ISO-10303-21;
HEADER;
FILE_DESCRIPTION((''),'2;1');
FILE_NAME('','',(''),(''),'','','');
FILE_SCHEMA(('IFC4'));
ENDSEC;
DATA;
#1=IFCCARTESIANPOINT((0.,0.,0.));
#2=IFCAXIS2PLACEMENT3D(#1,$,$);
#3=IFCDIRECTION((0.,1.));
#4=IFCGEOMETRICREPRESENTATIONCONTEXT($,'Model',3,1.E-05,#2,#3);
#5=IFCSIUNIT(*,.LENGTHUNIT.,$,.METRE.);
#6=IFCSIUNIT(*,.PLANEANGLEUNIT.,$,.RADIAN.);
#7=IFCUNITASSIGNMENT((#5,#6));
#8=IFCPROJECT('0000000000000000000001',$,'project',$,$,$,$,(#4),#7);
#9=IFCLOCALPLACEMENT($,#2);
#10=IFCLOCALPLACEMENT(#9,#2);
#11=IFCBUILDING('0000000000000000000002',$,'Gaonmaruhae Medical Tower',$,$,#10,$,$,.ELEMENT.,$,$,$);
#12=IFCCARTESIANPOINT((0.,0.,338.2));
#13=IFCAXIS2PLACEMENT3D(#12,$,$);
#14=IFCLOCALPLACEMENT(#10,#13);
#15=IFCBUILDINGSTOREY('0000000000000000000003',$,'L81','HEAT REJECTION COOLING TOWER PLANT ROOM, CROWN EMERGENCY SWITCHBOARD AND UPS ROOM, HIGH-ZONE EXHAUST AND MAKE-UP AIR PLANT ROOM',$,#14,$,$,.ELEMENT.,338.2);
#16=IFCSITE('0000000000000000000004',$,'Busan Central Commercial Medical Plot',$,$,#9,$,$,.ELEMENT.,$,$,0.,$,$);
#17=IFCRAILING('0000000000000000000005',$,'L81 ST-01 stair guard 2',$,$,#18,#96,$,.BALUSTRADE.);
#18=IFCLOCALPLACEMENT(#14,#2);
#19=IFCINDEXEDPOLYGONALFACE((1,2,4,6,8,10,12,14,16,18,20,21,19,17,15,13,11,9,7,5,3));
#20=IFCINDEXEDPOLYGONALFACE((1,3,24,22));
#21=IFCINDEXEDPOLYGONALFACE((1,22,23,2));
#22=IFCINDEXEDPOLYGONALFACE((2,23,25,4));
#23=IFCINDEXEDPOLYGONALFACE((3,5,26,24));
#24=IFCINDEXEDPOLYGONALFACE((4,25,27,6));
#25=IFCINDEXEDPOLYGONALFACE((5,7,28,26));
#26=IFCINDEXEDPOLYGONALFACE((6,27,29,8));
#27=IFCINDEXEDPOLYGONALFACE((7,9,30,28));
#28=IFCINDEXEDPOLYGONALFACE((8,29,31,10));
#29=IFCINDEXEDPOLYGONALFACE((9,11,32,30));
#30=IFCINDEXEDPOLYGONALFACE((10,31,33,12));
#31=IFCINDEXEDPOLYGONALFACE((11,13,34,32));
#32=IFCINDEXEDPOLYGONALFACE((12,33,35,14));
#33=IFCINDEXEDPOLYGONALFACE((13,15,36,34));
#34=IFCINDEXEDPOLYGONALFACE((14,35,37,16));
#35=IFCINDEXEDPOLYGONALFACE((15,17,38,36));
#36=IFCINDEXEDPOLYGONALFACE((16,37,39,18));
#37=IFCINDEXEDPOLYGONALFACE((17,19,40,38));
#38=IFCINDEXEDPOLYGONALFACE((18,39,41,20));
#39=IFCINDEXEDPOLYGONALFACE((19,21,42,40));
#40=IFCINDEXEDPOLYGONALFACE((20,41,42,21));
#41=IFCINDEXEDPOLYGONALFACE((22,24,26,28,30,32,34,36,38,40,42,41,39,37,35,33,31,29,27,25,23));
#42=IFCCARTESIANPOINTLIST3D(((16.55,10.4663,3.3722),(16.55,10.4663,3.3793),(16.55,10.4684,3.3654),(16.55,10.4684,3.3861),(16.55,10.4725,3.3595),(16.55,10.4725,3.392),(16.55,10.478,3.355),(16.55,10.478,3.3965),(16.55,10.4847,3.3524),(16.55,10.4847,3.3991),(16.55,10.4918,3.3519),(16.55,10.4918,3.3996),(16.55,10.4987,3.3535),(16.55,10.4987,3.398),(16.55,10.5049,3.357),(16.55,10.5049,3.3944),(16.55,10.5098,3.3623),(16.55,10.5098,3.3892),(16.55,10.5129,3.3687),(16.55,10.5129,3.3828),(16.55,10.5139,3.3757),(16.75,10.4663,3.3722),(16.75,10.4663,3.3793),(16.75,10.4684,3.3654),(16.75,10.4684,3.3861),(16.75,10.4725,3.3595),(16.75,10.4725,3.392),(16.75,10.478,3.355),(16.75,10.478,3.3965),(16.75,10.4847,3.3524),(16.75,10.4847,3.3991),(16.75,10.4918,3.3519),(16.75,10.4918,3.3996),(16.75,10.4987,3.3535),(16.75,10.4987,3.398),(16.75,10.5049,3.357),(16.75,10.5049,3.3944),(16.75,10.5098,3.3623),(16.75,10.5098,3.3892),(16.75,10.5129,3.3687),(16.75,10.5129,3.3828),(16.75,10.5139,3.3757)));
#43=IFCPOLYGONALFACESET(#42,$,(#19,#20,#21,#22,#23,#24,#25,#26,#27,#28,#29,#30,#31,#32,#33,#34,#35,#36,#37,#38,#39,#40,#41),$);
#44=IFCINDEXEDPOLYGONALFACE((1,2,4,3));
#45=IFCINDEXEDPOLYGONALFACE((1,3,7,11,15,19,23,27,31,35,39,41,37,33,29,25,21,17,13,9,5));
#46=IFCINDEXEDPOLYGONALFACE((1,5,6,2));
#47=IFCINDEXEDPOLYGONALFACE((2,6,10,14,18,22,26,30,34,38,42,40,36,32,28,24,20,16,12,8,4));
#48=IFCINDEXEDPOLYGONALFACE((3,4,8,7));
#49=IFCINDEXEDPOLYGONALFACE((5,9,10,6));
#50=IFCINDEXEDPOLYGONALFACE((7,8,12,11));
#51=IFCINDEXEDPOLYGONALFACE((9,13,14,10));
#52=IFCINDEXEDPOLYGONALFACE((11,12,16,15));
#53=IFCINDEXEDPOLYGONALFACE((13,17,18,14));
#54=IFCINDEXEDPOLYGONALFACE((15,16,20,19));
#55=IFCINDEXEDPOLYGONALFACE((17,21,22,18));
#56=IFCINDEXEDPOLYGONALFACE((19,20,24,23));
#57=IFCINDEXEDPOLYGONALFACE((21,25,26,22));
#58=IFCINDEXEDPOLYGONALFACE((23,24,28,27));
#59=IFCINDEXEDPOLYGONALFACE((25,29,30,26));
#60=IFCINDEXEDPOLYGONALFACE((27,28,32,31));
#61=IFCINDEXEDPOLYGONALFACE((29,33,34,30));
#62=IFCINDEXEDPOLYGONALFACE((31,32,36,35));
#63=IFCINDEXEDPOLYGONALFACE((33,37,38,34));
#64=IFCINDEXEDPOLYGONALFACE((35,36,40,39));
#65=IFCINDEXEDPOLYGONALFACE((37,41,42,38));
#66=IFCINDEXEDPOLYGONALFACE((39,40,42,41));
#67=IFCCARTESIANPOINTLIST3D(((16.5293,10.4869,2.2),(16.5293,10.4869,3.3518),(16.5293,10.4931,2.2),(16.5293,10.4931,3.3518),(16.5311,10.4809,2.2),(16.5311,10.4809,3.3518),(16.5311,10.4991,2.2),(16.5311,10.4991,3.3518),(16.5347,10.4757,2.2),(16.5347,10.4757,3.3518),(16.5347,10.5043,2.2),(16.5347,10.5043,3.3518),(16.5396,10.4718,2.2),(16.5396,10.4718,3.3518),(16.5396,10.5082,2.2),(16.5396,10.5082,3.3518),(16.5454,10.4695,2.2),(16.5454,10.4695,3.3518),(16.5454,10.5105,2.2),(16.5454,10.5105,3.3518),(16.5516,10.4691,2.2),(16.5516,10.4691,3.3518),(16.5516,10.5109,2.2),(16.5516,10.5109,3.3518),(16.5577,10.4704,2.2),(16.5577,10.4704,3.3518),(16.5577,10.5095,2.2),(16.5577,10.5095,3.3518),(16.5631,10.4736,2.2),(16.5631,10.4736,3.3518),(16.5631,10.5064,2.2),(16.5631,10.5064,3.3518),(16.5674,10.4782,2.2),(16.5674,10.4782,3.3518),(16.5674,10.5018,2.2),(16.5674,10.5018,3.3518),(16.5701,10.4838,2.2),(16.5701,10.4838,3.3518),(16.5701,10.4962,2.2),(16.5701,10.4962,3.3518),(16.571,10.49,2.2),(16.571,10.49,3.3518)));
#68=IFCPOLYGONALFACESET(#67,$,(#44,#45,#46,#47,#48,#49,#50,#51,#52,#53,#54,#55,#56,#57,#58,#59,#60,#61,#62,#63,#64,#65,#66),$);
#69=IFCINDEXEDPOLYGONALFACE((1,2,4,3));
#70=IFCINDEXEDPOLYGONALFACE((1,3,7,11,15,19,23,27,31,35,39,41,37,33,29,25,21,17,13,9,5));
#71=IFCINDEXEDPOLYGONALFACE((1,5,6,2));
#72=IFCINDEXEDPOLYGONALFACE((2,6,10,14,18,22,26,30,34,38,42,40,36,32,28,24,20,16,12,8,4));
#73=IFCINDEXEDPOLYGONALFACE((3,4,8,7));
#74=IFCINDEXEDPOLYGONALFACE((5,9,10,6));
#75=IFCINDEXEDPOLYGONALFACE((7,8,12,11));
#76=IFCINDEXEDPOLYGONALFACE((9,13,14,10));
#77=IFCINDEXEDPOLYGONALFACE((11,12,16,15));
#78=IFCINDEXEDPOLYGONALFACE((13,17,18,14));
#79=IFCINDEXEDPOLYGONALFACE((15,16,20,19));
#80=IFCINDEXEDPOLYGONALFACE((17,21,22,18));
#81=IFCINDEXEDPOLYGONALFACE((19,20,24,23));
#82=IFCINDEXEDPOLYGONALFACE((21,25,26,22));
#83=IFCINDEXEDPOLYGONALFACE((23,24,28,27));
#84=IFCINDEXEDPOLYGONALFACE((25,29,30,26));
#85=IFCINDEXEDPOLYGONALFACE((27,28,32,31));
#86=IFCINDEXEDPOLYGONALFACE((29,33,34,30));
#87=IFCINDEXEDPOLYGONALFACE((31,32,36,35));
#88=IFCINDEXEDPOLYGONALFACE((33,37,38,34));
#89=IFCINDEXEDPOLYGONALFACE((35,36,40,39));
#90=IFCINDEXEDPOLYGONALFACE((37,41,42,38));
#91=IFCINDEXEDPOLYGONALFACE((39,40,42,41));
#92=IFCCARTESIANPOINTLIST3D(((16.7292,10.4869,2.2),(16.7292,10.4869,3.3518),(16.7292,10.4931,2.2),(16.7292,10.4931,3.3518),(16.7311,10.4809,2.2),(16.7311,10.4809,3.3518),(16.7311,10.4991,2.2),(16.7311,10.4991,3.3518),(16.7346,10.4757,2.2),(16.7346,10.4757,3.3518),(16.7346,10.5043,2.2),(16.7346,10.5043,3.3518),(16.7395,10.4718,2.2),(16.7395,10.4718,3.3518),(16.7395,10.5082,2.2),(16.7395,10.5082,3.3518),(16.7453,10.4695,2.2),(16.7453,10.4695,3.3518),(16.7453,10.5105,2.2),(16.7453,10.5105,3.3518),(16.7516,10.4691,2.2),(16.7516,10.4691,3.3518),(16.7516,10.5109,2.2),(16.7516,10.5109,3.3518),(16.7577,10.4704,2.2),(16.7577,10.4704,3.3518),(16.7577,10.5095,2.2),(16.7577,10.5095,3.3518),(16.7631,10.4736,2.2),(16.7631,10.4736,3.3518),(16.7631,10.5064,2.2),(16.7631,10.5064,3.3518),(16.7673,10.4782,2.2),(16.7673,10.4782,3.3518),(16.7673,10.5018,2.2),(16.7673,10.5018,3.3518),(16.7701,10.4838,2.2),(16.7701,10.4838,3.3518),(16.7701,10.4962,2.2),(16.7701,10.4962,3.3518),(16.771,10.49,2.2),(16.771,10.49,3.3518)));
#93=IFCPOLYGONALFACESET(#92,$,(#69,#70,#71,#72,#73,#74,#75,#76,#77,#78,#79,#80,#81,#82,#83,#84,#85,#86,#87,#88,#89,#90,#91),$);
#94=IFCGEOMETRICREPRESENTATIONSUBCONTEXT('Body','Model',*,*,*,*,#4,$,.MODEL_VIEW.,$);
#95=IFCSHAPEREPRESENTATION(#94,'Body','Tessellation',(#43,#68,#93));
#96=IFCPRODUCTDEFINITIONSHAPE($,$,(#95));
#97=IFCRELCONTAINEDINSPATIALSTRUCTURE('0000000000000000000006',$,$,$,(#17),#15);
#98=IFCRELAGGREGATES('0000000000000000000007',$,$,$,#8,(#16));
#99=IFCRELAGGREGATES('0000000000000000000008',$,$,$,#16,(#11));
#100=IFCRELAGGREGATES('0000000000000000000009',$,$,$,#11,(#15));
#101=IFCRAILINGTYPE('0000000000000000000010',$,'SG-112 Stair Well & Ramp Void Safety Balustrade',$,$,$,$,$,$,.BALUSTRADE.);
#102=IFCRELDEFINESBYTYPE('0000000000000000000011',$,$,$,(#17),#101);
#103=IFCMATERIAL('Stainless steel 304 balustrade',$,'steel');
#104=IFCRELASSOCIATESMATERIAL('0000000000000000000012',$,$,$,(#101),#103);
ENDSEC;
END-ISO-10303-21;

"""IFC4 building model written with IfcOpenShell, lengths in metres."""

from ifc_helpers import new_model, si_unit, direction, frame, origin, origin_2d, place, context, subcontext, project, spatial, circle, extrude, material, type_object, element, save


model = new_model("IFC4")

# Units and contexts
model_context = context("Model", 3, precision=1e-05, world=origin(), true_north=direction((0.0, 1.0)))
body_context = subcontext(model_context, "Body", "Model", "MODEL_VIEW")
ifc_project = project(units=[si_unit("LENGTHUNIT", "METRE"), si_unit("PLANEANGLEUNIT", "RADIAN")], contexts=[model_context])

# Site, building, storey
site_placement = place(None, origin())
site = spatial("IfcSite", under=ifc_project, at=site_placement, Name="Busan Central Commercial Medical Plot", CompositionType="ELEMENT", RefElevation=0.0)
building_placement = place(site_placement, origin())
building = spatial("IfcBuilding", under=site, at=building_placement, Name="Gaonmaruhae Medical Tower", CompositionType="ELEMENT")
storey_placement = place(building_placement, frame((0.0, 0.0, 338.2)))
storey = spatial("IfcBuildingStorey", under=building, at=storey_placement, Name="L81", Description="HEAT REJECTION COOLING TOWER PLANT ROOM, CROWN EMERGENCY SWITCHBOARD AND UPS ROOM, HIGH-ZONE EXHAUST AND MAKE-UP AIR PLANT ROOM", CompositionType="ELEMENT", Elevation=338.2)

# Railing
ifc_material_1 = material(Name="Stainless steel 304 balustrade", Category="steel")
railing_type_1 = type_object("IfcRailingType", Name="SG-112 Stair Well & Ramp Void Safety Balustrade", PredefinedType="BALUSTRADE", material=ifc_material_1)
railing_1_placement = place(storey_placement, frame((16.55, 10.49, 2.2)))
element("IfcRailing", 1, at=railing_1_placement, inside=storey, type_object=railing_type_1, Name="L81 ST-01 stair guard 2", PredefinedType="BALUSTRADE", context=body_context, shape_type="SweptSolid", body=[
    extrude(circle(Radius=0.0239, at=origin_2d()), frame((0.0, 0.0, 1.1758), z_axis=(1.0, 0.0, 0.0), x_axis=(0.0, 1.0, 0.0)), (0.0, 0.0, 1.0), 0.2),
    extrude(circle(Radius=0.021, at=origin_2d()), origin(), (0.0, 0.0, 1.0), 1.1519),
    extrude(circle(Radius=0.021, at=origin_2d()), frame((0.2, 0.0, 0.0)), (0.0, 0.0, 1.0), 1.1519),
])

save(model, "model.ifc")
